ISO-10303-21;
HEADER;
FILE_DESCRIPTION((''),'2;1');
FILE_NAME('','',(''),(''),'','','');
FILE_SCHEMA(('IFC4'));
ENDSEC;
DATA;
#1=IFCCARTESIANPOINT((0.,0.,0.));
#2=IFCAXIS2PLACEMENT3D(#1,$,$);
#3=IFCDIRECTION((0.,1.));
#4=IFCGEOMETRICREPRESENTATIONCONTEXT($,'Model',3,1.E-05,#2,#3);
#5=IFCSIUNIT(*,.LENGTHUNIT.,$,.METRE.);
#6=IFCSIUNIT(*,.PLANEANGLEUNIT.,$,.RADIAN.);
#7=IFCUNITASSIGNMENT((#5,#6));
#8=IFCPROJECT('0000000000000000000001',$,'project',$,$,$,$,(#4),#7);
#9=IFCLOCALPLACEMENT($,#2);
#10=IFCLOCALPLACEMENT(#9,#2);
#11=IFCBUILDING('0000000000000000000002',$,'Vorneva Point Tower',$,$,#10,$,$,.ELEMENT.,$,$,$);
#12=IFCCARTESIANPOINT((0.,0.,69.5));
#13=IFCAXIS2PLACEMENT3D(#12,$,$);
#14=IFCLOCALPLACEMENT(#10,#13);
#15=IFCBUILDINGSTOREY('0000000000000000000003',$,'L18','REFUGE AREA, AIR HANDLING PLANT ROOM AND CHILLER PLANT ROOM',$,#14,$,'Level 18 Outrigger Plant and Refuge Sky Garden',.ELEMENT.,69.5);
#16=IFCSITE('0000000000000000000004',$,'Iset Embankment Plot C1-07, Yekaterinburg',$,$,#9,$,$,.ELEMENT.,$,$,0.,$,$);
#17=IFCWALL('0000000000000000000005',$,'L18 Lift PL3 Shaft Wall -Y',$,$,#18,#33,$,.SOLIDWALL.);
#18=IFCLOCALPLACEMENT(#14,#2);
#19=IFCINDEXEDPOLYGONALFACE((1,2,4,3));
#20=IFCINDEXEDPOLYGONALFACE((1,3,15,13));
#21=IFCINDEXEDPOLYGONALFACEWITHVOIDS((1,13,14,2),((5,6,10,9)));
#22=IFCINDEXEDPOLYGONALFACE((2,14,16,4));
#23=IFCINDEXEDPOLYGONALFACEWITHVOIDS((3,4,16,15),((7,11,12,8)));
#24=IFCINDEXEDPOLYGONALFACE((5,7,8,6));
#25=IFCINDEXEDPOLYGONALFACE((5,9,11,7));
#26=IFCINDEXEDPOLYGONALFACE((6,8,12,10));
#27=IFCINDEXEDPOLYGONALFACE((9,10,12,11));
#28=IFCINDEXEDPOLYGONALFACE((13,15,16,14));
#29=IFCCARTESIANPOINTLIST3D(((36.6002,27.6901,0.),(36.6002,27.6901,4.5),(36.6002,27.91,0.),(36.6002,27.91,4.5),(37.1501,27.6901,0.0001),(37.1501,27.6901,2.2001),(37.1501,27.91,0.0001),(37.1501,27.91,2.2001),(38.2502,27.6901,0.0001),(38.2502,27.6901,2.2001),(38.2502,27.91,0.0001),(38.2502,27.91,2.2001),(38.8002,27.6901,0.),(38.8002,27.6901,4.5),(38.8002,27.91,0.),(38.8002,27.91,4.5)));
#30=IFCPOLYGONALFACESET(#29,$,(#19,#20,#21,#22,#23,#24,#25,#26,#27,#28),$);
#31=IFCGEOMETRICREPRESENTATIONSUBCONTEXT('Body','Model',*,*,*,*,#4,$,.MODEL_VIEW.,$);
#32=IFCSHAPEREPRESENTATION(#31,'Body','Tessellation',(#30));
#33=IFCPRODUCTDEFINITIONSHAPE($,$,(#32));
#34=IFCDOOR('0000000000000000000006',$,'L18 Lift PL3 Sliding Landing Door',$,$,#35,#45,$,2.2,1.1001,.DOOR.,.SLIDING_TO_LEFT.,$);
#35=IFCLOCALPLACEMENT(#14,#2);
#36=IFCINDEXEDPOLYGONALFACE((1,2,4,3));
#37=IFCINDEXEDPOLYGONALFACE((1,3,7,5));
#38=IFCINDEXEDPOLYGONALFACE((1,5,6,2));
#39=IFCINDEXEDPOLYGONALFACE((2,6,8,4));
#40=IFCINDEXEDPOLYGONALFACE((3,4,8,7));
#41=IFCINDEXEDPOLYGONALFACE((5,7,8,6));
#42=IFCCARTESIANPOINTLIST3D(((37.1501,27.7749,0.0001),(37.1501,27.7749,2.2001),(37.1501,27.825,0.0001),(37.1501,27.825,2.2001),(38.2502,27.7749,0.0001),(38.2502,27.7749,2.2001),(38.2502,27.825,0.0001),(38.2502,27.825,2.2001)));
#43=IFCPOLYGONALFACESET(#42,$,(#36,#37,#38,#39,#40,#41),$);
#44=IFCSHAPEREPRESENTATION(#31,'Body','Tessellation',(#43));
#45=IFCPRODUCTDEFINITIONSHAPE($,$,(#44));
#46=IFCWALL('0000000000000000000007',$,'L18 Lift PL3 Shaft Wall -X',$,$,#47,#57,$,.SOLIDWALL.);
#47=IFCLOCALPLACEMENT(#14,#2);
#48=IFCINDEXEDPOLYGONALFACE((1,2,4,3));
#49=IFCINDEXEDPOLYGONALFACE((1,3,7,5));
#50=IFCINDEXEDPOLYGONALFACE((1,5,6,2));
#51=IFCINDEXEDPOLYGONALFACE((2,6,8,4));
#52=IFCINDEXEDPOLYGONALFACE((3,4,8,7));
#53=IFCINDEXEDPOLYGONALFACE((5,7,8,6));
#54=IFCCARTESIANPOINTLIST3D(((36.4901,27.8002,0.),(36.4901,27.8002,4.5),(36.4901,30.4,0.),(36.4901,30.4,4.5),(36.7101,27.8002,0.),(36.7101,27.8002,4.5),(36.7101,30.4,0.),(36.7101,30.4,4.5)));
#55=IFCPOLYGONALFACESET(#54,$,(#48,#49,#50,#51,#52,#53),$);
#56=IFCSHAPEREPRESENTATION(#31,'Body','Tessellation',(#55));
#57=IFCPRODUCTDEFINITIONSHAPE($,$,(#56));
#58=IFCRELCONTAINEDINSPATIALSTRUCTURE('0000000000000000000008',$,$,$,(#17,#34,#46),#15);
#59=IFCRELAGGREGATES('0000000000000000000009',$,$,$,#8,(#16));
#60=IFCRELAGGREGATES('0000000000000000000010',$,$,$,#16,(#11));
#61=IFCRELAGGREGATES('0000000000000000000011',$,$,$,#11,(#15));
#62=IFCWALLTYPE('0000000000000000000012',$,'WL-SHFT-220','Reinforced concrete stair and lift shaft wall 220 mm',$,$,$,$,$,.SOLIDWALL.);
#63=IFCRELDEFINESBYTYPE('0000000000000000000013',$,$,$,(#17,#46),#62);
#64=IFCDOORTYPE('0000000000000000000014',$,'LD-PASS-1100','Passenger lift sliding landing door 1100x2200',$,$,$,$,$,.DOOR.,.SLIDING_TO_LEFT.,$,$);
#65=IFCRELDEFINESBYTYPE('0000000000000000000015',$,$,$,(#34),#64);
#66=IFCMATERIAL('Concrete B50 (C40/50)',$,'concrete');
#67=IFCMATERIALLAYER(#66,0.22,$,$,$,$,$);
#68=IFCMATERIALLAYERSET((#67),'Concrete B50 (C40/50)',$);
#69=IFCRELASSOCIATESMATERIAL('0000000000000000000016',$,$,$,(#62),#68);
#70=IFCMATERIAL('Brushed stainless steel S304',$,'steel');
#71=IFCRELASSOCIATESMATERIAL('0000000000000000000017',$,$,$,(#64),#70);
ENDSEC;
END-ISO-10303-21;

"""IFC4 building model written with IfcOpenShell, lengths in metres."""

from ifc_helpers import new_model, si_unit, direction, frame, frame_2d, origin, place, context, subcontext, project, spatial, rectangle, extrude, material, layer, layer_set, type_object, element, fill, save


model = new_model("IFC4")

# Units and contexts
model_context = context("Model", 3, precision=1e-05, world=origin(), true_north=direction((0.0, 1.0)))
body_context = subcontext(model_context, "Body", "Model", "MODEL_VIEW")
ifc_project = project(units=[si_unit("LENGTHUNIT", "METRE"), si_unit("PLANEANGLEUNIT", "RADIAN")], contexts=[model_context])

# Site, building, storey
site_placement = place(None, origin())
site = spatial("IfcSite", under=ifc_project, at=site_placement, Name="Iset Embankment Plot C1-07, Yekaterinburg", CompositionType="ELEMENT", RefElevation=0.0)
building_placement = place(site_placement, origin())
building = spatial("IfcBuilding", under=site, at=building_placement, Name="Vorneva Point Tower", CompositionType="ELEMENT")
storey_placement = place(building_placement, frame((0.0, 0.0, 69.5)))
storey = spatial("IfcBuildingStorey", under=building, at=storey_placement, Name="L18", Description="REFUGE AREA, AIR HANDLING PLANT ROOM AND CHILLER PLANT ROOM", LongName="Level 18 Outrigger Plant and Refuge Sky Garden", CompositionType="ELEMENT", Elevation=69.5)

# Shared definitions
ifc_material_1 = material(Name="Brushed stainless steel S304", Category="steel")

# Shared definitions
ifc_material_2 = material(Name="Concrete B50 (C40/50)", Category="concrete")
ifc_layer_1 = layer(ifc_material_2, 0.22)
ifc_layer_set_1 = layer_set([ifc_layer_1], Name="Concrete B50 (C40/50)")
wall_type_1 = type_object("IfcWallType", Name="WL-SHFT-220", Description="Reinforced concrete stair and lift shaft wall 220 mm", PredefinedType="SOLIDWALL", material=ifc_layer_set_1)
door_type_1 = type_object("IfcDoorType", Name="LD-PASS-1100", Description="Passenger lift sliding landing door 1100x2200", OperationType="SLIDING_TO_LEFT", PredefinedType="DOOR", material=ifc_material_1)

# Wall, opening, door
wall_1_placement = place(storey_placement, frame((36.6001, 27.8, 0.0), z_axis=(0.0, 0.0, 1.0), x_axis=(1.0, 0.0, 0.0)))
wall_1 = element("IfcWall", 1, at=wall_1_placement, inside=storey, type_object=wall_type_1, Name="L18 Lift PL3 Shaft Wall -Y", PredefinedType="SOLIDWALL", context=body_context, shape_type="SweptSolid", body=[
    extrude(rectangle(XDim=2.2, YDim=0.22, at=frame_2d((1.1001, 0.0))), origin(), (0.0, 0.0, 1.0), 4.5),
])
opening_1_placement = place(wall_1_placement, frame((0.55, 0.0, 0.0)))
opening_1 = element("IfcOpeningElement", 2, at=opening_1_placement, cuts=wall_1, PredefinedType="OPENING", context=body_context, shape_type="SweptSolid", body=[
    extrude(rectangle(XDim=1.1001, YDim=2.2, at=frame_2d((0.55, 1.1001))), frame((0.0, 0.125, 0.0), z_axis=(0.0, -1.0, 0.0), x_axis=(1.0, 0.0, 0.0)), (0.0, 0.0, 1.0), 0.2498),
])
door_1_placement = place(opening_1_placement, origin())
door_1 = element("IfcDoor", 3, at=door_1_placement, inside=storey, type_object=door_type_1, Name="L18 Lift PL3 Sliding Landing Door", OperationType="SLIDING_TO_LEFT", OverallHeight=2.2, OverallWidth=1.1001, PredefinedType="DOOR", context=body_context, shape_type="SweptSolid", body=[
    extrude(rectangle(XDim=1.1001, YDim=2.2, at=frame_2d((0.55, 1.1001))), frame((0.0, 0.0249, 0.0), z_axis=(0.0, -1.0, 0.0), x_axis=(1.0, 0.0, 0.0)), (0.0, 0.0, 1.0), 0.05),
])
fill(opening_1, door_1)

# Wall
wall_2_placement = place(storey_placement, frame((36.6001, 30.3999, 0.0), z_axis=(0.0, 0.0, 1.0), x_axis=(0.0, -1.0, 0.0)))
element("IfcWall", 4, at=wall_2_placement, inside=storey, type_object=wall_type_1, Name="L18 Lift PL3 Shaft Wall -X", PredefinedType="SOLIDWALL", context=body_context, shape_type="SweptSolid", body=[
    extrude(rectangle(XDim=2.5999, YDim=0.22, at=frame_2d((1.2998, 0.0))), origin(), (0.0, 0.0, 1.0), 4.5),
])

save(model, "model.ifc")
